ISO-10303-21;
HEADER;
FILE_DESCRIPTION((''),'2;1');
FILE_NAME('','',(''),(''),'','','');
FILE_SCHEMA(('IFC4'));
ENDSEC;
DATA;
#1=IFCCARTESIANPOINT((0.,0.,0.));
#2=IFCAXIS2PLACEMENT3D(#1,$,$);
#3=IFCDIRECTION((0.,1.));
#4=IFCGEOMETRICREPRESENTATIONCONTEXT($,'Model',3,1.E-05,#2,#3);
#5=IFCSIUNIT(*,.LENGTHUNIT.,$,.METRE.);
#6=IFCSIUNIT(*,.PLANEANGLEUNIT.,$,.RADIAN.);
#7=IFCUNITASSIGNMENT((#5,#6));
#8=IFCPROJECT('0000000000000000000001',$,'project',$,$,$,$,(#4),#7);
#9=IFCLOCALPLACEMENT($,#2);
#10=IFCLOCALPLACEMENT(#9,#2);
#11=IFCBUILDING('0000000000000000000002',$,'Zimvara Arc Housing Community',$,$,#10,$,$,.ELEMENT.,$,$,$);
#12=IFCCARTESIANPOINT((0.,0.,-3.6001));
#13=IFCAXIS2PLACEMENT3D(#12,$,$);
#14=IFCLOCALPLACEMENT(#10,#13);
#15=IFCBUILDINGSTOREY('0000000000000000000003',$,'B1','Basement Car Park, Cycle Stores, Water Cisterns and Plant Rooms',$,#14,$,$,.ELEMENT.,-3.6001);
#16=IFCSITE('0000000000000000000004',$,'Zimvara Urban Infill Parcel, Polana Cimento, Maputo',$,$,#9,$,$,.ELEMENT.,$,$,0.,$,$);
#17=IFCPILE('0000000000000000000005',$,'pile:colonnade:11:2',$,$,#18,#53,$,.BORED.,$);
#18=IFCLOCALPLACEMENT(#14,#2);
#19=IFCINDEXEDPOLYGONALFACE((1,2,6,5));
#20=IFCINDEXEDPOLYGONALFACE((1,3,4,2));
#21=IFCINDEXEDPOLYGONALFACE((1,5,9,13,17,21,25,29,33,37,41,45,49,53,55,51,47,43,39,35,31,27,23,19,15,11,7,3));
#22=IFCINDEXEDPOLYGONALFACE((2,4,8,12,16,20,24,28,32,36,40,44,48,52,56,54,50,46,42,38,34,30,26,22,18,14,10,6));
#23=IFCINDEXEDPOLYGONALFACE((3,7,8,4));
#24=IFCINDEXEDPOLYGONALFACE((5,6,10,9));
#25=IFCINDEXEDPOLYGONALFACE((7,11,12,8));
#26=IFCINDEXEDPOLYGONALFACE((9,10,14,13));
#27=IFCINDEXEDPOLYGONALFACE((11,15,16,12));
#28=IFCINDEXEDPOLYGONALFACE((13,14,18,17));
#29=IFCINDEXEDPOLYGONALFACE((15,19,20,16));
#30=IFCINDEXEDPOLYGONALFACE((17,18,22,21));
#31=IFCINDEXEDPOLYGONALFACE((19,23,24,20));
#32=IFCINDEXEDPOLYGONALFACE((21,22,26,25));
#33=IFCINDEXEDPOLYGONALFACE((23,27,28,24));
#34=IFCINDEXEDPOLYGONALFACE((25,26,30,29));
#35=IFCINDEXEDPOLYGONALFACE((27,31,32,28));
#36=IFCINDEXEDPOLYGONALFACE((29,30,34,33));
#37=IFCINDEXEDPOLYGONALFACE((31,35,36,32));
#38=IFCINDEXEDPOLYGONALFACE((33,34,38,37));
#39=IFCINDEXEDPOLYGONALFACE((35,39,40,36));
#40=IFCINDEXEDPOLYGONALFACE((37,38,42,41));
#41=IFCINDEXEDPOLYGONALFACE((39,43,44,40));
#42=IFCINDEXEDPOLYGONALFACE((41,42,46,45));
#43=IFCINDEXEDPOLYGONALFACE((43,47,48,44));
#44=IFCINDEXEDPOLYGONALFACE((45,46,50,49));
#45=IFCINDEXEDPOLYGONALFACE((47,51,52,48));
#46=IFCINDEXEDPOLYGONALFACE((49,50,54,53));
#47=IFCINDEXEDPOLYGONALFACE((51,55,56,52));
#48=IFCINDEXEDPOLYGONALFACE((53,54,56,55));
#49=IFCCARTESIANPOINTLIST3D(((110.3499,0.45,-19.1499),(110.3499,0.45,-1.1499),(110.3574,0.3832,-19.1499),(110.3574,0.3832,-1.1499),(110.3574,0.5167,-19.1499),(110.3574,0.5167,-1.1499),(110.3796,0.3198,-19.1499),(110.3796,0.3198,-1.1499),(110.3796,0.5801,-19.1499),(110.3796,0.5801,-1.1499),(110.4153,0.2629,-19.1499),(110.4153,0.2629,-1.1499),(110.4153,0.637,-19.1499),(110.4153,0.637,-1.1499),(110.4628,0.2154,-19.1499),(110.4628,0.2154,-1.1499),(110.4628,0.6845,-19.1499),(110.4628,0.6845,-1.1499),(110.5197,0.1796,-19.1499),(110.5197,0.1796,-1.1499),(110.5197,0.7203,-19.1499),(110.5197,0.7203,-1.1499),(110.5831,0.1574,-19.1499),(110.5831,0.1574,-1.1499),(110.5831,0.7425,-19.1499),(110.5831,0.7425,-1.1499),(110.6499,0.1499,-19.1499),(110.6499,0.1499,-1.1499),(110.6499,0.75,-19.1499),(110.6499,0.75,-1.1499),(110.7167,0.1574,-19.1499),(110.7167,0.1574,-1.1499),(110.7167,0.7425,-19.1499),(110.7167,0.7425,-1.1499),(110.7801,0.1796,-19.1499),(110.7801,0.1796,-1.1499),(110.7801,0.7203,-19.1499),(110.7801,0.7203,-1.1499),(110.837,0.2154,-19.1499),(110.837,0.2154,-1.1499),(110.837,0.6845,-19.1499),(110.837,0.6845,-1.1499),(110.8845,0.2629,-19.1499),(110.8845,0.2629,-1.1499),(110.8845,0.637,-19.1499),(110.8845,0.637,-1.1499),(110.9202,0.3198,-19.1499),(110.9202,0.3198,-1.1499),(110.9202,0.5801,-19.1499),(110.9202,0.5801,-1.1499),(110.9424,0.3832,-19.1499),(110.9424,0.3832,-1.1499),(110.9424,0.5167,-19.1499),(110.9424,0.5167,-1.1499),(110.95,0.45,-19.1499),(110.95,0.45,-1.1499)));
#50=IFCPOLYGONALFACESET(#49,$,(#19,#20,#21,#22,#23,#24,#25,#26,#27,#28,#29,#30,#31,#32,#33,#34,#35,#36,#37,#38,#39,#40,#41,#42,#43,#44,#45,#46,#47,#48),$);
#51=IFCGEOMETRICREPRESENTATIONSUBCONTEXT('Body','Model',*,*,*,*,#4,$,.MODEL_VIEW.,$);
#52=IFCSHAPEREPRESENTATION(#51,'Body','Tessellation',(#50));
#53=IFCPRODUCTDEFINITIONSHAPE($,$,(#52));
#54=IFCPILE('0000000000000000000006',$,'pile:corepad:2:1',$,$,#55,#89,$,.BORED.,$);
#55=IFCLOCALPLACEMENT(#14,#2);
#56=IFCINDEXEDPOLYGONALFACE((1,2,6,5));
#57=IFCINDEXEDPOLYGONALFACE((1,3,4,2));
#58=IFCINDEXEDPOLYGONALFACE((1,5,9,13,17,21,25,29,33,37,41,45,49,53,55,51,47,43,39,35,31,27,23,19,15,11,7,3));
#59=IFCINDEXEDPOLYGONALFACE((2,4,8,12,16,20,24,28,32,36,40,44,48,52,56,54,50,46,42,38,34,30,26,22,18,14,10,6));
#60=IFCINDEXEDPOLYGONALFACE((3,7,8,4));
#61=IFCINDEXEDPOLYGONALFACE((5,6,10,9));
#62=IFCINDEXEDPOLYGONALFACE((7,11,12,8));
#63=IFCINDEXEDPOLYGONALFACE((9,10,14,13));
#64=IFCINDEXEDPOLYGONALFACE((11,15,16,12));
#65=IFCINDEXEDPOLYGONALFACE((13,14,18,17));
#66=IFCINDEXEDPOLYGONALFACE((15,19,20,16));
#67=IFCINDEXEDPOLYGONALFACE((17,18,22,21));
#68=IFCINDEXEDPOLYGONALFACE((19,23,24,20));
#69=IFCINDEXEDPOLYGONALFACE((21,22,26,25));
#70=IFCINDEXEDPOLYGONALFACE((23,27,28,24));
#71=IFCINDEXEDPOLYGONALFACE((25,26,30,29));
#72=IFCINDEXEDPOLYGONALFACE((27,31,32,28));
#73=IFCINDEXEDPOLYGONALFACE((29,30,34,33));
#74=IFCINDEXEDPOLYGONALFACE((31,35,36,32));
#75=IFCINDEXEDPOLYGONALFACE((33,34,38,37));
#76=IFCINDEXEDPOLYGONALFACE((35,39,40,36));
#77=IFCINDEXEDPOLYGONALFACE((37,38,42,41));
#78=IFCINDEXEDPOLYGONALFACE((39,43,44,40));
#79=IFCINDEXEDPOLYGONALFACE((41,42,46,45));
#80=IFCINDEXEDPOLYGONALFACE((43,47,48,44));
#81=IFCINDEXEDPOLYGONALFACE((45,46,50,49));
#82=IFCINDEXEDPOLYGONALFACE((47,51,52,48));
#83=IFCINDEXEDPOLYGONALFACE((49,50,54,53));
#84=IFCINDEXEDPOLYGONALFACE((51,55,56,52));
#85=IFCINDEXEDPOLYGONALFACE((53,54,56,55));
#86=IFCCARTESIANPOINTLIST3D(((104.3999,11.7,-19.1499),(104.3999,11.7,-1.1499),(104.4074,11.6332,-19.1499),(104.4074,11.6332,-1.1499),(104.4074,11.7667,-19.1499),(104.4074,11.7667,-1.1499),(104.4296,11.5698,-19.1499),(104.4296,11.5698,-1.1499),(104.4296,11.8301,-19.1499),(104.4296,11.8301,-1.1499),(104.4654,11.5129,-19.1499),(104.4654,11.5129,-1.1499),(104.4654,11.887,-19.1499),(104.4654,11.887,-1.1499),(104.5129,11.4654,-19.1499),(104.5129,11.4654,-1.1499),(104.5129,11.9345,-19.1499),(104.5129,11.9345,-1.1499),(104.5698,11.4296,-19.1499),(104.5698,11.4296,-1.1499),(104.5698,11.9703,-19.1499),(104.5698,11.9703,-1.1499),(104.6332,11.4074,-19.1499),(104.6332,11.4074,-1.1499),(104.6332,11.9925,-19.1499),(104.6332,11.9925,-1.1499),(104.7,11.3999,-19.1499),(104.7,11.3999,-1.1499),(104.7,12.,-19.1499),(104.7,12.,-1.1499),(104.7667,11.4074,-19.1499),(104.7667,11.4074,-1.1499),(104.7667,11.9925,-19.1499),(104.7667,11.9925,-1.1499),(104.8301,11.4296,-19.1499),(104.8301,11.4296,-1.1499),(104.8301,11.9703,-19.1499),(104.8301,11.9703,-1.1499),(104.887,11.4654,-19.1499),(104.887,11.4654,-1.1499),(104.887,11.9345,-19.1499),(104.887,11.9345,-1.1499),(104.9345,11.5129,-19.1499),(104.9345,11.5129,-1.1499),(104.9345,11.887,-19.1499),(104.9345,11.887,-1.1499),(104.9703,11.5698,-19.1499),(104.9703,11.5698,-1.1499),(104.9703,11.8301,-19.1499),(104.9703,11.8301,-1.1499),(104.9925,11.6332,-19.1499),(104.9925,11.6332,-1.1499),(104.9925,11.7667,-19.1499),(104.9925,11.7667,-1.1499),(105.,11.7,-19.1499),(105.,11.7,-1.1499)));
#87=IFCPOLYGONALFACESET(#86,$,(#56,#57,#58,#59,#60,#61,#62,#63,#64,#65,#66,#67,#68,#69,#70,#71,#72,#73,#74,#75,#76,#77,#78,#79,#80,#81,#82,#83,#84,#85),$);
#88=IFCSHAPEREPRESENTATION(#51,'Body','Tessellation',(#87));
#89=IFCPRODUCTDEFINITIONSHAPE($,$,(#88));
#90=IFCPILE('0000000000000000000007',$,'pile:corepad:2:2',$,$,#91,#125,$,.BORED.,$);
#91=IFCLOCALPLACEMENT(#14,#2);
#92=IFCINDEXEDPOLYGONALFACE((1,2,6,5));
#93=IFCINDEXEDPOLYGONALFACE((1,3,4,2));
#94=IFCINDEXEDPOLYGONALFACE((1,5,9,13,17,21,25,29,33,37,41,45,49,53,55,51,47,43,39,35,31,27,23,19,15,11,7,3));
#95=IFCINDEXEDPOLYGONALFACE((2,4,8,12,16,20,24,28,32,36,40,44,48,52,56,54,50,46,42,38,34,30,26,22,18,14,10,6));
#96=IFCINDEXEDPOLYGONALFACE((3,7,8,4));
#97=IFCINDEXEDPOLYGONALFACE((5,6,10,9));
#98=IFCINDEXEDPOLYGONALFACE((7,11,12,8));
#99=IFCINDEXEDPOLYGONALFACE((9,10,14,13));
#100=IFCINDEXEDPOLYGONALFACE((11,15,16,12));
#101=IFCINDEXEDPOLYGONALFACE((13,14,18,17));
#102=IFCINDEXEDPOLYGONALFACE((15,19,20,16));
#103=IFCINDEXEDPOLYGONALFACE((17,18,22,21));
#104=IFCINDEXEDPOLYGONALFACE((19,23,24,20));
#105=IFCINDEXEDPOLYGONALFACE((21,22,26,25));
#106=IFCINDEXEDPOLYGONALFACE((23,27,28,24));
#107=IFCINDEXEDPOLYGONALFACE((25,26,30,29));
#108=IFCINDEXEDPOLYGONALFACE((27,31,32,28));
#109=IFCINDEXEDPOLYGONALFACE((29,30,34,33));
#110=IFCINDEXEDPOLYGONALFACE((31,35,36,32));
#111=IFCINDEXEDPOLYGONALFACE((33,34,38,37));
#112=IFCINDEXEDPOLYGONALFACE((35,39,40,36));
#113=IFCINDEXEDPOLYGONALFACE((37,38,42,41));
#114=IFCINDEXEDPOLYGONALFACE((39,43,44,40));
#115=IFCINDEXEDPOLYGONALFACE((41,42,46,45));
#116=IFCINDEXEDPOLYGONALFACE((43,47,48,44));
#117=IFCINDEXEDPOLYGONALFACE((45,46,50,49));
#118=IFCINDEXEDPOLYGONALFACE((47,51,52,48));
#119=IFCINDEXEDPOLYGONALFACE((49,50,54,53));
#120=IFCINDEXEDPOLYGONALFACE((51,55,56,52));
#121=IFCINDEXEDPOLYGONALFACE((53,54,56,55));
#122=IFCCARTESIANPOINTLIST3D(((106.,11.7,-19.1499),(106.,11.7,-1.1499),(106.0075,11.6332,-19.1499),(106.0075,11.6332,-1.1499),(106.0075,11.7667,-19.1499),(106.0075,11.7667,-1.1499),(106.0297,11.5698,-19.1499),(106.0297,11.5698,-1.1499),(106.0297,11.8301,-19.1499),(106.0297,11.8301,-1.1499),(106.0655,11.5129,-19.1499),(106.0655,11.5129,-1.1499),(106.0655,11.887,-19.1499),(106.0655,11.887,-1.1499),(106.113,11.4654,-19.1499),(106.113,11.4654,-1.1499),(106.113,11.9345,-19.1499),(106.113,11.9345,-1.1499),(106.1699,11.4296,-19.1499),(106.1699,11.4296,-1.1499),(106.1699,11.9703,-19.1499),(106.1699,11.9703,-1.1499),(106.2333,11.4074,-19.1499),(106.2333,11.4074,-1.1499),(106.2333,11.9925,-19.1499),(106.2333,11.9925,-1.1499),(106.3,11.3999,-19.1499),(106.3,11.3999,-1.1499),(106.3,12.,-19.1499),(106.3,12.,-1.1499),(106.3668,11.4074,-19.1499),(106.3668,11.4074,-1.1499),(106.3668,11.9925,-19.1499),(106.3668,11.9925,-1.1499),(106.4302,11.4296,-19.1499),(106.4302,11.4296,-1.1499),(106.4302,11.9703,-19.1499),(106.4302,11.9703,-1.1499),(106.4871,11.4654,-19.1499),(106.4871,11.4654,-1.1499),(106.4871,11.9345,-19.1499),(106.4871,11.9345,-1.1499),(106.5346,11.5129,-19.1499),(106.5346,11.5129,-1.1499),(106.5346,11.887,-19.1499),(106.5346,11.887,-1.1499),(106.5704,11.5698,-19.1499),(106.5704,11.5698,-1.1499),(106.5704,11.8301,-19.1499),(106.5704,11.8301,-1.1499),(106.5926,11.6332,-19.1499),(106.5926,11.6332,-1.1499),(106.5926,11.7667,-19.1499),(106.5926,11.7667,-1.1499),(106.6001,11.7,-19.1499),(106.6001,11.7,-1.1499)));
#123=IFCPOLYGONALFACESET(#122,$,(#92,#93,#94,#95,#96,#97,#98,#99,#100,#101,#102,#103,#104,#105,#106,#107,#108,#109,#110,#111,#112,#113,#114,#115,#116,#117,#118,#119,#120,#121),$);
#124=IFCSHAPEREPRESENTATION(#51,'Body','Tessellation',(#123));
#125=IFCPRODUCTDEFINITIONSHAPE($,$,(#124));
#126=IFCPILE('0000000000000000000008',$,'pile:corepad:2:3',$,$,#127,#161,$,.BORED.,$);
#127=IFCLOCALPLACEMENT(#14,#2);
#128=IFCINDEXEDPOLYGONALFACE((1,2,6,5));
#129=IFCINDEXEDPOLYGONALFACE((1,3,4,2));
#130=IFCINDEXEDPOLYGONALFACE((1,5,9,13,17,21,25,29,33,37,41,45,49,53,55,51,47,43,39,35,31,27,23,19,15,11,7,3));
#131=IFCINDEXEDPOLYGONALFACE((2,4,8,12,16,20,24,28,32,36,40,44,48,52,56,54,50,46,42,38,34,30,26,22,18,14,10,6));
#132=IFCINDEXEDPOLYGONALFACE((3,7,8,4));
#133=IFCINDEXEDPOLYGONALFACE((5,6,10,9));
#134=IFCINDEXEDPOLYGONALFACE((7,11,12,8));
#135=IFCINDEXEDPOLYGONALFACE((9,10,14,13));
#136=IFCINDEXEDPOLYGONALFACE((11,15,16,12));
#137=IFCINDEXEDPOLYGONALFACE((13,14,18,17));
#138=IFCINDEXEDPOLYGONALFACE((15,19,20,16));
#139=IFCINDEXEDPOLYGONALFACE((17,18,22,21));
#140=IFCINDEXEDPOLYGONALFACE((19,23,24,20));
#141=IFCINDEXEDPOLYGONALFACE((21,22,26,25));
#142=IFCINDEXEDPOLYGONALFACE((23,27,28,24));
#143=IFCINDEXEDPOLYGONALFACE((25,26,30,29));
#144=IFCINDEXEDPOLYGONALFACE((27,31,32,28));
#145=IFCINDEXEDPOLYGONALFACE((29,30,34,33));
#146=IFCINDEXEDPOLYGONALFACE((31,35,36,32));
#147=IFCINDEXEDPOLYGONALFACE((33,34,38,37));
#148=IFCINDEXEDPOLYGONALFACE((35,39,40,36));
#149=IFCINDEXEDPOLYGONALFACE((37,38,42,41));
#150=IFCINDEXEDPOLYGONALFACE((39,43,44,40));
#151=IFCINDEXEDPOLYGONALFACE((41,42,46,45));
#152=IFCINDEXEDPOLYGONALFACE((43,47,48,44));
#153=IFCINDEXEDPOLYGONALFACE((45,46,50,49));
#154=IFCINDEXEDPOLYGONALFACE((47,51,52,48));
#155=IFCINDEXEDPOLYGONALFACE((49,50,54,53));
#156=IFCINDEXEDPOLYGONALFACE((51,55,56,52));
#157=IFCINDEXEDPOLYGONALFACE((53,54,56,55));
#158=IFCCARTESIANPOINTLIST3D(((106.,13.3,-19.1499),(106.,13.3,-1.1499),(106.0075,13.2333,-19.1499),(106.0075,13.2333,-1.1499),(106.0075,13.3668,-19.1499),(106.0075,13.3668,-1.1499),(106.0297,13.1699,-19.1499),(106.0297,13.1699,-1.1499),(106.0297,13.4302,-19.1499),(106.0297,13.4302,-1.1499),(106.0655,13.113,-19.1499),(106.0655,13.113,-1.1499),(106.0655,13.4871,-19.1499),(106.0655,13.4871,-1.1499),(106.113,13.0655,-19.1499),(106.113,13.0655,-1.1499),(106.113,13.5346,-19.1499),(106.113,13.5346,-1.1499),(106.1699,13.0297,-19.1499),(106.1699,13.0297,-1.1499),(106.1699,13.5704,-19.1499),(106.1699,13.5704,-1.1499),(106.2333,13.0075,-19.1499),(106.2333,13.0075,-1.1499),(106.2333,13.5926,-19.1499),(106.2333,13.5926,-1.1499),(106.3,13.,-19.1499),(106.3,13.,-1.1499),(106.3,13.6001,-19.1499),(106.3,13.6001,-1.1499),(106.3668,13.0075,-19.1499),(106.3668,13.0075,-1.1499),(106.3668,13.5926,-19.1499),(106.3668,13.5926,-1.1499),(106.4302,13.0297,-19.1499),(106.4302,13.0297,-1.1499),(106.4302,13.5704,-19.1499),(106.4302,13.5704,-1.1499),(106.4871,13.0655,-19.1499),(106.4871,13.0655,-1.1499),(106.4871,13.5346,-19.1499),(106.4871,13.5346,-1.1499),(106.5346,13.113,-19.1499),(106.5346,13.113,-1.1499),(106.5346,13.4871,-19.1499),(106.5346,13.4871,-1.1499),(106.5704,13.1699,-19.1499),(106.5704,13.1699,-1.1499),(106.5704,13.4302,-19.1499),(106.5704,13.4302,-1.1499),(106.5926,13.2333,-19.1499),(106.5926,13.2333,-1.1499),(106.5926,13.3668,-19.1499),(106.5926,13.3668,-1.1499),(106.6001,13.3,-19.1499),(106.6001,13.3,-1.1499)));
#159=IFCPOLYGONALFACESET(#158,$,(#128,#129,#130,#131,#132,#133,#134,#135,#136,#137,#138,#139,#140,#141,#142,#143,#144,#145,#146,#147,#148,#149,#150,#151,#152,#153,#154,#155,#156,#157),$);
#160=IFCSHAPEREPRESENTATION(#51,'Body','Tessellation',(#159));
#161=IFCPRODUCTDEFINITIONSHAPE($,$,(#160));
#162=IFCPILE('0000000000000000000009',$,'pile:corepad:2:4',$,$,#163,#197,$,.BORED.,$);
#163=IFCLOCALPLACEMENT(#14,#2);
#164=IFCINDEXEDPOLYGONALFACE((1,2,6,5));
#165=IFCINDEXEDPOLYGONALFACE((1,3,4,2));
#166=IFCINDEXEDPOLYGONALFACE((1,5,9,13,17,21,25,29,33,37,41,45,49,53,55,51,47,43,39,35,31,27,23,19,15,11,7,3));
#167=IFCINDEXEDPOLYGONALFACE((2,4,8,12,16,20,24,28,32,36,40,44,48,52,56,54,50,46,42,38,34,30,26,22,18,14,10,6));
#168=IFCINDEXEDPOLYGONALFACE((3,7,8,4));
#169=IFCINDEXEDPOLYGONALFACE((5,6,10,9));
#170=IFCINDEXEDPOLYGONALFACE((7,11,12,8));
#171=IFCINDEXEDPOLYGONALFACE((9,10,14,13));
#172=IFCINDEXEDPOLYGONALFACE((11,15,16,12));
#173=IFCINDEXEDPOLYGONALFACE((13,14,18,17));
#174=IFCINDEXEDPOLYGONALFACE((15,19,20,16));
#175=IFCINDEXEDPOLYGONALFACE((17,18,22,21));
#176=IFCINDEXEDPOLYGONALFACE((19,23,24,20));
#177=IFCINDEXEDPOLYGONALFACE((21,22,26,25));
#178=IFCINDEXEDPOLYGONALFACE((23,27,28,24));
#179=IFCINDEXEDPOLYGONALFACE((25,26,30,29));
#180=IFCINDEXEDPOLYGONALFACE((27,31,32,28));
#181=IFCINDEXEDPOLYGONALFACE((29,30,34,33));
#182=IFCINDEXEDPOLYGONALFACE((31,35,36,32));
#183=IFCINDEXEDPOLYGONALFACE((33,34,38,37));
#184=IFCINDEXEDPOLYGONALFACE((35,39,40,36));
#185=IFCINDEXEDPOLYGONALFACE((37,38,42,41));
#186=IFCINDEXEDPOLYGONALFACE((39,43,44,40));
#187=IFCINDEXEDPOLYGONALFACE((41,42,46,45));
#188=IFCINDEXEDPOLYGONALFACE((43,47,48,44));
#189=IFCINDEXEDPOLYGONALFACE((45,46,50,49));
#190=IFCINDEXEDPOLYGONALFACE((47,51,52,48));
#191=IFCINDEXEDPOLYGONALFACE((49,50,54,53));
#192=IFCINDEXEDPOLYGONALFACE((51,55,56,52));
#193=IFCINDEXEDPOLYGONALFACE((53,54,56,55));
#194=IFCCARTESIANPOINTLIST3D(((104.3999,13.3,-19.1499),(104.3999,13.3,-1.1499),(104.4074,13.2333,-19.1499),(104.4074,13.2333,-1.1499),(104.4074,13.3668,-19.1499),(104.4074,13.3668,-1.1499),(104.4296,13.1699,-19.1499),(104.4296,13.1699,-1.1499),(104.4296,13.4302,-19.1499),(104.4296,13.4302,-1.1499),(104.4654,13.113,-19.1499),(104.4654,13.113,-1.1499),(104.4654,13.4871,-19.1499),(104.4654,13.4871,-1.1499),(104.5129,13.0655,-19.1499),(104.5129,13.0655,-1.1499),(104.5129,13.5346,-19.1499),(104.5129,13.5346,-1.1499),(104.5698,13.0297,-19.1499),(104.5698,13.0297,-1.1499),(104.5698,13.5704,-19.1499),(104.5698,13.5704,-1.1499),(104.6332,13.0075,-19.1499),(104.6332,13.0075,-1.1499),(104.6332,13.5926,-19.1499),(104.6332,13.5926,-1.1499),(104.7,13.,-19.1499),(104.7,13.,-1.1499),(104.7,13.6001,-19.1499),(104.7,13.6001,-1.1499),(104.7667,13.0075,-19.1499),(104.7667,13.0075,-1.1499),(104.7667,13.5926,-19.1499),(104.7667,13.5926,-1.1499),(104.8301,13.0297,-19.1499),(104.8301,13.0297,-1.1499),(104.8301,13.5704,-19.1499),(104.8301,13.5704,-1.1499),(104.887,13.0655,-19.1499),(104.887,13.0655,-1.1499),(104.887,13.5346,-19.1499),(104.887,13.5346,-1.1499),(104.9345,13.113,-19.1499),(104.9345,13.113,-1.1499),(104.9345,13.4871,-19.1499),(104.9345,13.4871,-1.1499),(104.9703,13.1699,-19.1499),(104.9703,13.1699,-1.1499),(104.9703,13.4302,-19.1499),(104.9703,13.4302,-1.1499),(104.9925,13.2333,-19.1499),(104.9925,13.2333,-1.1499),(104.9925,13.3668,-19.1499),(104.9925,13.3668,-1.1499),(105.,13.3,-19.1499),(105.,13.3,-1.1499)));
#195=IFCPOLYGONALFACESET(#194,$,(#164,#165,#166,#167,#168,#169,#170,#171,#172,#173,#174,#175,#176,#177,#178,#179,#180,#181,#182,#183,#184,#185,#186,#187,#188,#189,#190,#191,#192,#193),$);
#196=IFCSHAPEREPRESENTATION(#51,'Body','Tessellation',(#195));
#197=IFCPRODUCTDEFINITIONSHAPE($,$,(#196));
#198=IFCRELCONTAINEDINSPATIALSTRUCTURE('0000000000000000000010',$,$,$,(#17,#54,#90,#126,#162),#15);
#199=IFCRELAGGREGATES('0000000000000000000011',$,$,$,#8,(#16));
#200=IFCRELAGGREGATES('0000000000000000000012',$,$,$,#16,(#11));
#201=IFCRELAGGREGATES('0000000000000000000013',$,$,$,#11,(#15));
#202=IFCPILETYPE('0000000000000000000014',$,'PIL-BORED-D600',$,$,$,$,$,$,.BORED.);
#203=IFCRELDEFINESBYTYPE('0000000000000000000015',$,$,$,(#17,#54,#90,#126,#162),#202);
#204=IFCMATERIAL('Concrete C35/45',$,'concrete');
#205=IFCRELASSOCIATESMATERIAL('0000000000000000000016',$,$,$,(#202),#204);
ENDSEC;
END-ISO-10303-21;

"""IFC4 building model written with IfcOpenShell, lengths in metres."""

from ifc_helpers import new_model, si_unit, direction, frame, origin, origin_2d, place, context, subcontext, project, spatial, circle, extrude, material, material_profile, profile_set, type_object, element, save


model = new_model("IFC4")

# Units and contexts
model_context = context("Model", 3, precision=1e-05, world=origin(), true_north=direction((0.0, 1.0)))
body_context = subcontext(model_context, "Body", "Model", "MODEL_VIEW")
ifc_project = project(units=[si_unit("LENGTHUNIT", "METRE"), si_unit("PLANEANGLEUNIT", "RADIAN")], contexts=[model_context])

# Site, building, storey
site_placement = place(None, origin())
site = spatial("IfcSite", under=ifc_project, at=site_placement, Name="Zimvara Urban Infill Parcel, Polana Cimento, Maputo", CompositionType="ELEMENT", RefElevation=0.0)
building_placement = place(site_placement, origin())
building = spatial("IfcBuilding", under=site, at=building_placement, Name="Zimvara Arc Housing Community", CompositionType="ELEMENT")
storey_placement = place(building_placement, frame((0.0, 0.0, -3.6001)))
storey = spatial("IfcBuildingStorey", under=building, at=storey_placement, Name="B1", Description="Basement Car Park, Cycle Stores, Water Cisterns and Plant Rooms", CompositionType="ELEMENT", Elevation=-3.6001)

# Piles
ifc_material_1 = material(Name="Concrete C35/45", Category="concrete")
ifc_material_profile_1 = material_profile(ifc_material_1, circle(Radius=0.3, at=origin_2d()), Name="PILE D600")
ifc_profile_set_1 = profile_set([ifc_material_profile_1], Name="Concrete C35/45")
pile_type_1 = type_object("IfcPileType", Name="PIL-BORED-D600", PredefinedType="BORED", material=ifc_profile_set_1)
for number, where, z_axis, x_axis, name in (
    (1, (110.6499, 0.45, -1.1499), (0.0, 0.0, -1.0), (1.0, 0.0, 0.0), "pile:colonnade:11:2"),
    (2, (104.7, 11.7, -1.1499), (0.0, 0.0, -1.0), (1.0, 0.0, 0.0), "pile:corepad:2:1"),
    (3, (106.3, 11.7, -1.1499), (0.0, 0.0, -1.0), (1.0, 0.0, 0.0), "pile:corepad:2:2"),
    (4, (106.3, 13.3, -1.1499), (0.0, 0.0, -1.0), (1.0, 0.0, 0.0), "pile:corepad:2:3"),
    (5, (104.7, 13.3, -1.1499), (0.0, 0.0, -1.0), (1.0, 0.0, 0.0), "pile:corepad:2:4"),
):
    element("IfcPile", number, at=place(storey_placement, frame(where, z_axis=z_axis, x_axis=x_axis)), inside=storey, type_object=pile_type_1, Name=name, PredefinedType="BORED", context=body_context, shape_type="SweptSolid", body=[
        extrude(circle(Radius=0.3, at=origin_2d()), origin(), (0.0, 0.0, 1.0), 18.0),
    ])

save(model, "model.ifc")
